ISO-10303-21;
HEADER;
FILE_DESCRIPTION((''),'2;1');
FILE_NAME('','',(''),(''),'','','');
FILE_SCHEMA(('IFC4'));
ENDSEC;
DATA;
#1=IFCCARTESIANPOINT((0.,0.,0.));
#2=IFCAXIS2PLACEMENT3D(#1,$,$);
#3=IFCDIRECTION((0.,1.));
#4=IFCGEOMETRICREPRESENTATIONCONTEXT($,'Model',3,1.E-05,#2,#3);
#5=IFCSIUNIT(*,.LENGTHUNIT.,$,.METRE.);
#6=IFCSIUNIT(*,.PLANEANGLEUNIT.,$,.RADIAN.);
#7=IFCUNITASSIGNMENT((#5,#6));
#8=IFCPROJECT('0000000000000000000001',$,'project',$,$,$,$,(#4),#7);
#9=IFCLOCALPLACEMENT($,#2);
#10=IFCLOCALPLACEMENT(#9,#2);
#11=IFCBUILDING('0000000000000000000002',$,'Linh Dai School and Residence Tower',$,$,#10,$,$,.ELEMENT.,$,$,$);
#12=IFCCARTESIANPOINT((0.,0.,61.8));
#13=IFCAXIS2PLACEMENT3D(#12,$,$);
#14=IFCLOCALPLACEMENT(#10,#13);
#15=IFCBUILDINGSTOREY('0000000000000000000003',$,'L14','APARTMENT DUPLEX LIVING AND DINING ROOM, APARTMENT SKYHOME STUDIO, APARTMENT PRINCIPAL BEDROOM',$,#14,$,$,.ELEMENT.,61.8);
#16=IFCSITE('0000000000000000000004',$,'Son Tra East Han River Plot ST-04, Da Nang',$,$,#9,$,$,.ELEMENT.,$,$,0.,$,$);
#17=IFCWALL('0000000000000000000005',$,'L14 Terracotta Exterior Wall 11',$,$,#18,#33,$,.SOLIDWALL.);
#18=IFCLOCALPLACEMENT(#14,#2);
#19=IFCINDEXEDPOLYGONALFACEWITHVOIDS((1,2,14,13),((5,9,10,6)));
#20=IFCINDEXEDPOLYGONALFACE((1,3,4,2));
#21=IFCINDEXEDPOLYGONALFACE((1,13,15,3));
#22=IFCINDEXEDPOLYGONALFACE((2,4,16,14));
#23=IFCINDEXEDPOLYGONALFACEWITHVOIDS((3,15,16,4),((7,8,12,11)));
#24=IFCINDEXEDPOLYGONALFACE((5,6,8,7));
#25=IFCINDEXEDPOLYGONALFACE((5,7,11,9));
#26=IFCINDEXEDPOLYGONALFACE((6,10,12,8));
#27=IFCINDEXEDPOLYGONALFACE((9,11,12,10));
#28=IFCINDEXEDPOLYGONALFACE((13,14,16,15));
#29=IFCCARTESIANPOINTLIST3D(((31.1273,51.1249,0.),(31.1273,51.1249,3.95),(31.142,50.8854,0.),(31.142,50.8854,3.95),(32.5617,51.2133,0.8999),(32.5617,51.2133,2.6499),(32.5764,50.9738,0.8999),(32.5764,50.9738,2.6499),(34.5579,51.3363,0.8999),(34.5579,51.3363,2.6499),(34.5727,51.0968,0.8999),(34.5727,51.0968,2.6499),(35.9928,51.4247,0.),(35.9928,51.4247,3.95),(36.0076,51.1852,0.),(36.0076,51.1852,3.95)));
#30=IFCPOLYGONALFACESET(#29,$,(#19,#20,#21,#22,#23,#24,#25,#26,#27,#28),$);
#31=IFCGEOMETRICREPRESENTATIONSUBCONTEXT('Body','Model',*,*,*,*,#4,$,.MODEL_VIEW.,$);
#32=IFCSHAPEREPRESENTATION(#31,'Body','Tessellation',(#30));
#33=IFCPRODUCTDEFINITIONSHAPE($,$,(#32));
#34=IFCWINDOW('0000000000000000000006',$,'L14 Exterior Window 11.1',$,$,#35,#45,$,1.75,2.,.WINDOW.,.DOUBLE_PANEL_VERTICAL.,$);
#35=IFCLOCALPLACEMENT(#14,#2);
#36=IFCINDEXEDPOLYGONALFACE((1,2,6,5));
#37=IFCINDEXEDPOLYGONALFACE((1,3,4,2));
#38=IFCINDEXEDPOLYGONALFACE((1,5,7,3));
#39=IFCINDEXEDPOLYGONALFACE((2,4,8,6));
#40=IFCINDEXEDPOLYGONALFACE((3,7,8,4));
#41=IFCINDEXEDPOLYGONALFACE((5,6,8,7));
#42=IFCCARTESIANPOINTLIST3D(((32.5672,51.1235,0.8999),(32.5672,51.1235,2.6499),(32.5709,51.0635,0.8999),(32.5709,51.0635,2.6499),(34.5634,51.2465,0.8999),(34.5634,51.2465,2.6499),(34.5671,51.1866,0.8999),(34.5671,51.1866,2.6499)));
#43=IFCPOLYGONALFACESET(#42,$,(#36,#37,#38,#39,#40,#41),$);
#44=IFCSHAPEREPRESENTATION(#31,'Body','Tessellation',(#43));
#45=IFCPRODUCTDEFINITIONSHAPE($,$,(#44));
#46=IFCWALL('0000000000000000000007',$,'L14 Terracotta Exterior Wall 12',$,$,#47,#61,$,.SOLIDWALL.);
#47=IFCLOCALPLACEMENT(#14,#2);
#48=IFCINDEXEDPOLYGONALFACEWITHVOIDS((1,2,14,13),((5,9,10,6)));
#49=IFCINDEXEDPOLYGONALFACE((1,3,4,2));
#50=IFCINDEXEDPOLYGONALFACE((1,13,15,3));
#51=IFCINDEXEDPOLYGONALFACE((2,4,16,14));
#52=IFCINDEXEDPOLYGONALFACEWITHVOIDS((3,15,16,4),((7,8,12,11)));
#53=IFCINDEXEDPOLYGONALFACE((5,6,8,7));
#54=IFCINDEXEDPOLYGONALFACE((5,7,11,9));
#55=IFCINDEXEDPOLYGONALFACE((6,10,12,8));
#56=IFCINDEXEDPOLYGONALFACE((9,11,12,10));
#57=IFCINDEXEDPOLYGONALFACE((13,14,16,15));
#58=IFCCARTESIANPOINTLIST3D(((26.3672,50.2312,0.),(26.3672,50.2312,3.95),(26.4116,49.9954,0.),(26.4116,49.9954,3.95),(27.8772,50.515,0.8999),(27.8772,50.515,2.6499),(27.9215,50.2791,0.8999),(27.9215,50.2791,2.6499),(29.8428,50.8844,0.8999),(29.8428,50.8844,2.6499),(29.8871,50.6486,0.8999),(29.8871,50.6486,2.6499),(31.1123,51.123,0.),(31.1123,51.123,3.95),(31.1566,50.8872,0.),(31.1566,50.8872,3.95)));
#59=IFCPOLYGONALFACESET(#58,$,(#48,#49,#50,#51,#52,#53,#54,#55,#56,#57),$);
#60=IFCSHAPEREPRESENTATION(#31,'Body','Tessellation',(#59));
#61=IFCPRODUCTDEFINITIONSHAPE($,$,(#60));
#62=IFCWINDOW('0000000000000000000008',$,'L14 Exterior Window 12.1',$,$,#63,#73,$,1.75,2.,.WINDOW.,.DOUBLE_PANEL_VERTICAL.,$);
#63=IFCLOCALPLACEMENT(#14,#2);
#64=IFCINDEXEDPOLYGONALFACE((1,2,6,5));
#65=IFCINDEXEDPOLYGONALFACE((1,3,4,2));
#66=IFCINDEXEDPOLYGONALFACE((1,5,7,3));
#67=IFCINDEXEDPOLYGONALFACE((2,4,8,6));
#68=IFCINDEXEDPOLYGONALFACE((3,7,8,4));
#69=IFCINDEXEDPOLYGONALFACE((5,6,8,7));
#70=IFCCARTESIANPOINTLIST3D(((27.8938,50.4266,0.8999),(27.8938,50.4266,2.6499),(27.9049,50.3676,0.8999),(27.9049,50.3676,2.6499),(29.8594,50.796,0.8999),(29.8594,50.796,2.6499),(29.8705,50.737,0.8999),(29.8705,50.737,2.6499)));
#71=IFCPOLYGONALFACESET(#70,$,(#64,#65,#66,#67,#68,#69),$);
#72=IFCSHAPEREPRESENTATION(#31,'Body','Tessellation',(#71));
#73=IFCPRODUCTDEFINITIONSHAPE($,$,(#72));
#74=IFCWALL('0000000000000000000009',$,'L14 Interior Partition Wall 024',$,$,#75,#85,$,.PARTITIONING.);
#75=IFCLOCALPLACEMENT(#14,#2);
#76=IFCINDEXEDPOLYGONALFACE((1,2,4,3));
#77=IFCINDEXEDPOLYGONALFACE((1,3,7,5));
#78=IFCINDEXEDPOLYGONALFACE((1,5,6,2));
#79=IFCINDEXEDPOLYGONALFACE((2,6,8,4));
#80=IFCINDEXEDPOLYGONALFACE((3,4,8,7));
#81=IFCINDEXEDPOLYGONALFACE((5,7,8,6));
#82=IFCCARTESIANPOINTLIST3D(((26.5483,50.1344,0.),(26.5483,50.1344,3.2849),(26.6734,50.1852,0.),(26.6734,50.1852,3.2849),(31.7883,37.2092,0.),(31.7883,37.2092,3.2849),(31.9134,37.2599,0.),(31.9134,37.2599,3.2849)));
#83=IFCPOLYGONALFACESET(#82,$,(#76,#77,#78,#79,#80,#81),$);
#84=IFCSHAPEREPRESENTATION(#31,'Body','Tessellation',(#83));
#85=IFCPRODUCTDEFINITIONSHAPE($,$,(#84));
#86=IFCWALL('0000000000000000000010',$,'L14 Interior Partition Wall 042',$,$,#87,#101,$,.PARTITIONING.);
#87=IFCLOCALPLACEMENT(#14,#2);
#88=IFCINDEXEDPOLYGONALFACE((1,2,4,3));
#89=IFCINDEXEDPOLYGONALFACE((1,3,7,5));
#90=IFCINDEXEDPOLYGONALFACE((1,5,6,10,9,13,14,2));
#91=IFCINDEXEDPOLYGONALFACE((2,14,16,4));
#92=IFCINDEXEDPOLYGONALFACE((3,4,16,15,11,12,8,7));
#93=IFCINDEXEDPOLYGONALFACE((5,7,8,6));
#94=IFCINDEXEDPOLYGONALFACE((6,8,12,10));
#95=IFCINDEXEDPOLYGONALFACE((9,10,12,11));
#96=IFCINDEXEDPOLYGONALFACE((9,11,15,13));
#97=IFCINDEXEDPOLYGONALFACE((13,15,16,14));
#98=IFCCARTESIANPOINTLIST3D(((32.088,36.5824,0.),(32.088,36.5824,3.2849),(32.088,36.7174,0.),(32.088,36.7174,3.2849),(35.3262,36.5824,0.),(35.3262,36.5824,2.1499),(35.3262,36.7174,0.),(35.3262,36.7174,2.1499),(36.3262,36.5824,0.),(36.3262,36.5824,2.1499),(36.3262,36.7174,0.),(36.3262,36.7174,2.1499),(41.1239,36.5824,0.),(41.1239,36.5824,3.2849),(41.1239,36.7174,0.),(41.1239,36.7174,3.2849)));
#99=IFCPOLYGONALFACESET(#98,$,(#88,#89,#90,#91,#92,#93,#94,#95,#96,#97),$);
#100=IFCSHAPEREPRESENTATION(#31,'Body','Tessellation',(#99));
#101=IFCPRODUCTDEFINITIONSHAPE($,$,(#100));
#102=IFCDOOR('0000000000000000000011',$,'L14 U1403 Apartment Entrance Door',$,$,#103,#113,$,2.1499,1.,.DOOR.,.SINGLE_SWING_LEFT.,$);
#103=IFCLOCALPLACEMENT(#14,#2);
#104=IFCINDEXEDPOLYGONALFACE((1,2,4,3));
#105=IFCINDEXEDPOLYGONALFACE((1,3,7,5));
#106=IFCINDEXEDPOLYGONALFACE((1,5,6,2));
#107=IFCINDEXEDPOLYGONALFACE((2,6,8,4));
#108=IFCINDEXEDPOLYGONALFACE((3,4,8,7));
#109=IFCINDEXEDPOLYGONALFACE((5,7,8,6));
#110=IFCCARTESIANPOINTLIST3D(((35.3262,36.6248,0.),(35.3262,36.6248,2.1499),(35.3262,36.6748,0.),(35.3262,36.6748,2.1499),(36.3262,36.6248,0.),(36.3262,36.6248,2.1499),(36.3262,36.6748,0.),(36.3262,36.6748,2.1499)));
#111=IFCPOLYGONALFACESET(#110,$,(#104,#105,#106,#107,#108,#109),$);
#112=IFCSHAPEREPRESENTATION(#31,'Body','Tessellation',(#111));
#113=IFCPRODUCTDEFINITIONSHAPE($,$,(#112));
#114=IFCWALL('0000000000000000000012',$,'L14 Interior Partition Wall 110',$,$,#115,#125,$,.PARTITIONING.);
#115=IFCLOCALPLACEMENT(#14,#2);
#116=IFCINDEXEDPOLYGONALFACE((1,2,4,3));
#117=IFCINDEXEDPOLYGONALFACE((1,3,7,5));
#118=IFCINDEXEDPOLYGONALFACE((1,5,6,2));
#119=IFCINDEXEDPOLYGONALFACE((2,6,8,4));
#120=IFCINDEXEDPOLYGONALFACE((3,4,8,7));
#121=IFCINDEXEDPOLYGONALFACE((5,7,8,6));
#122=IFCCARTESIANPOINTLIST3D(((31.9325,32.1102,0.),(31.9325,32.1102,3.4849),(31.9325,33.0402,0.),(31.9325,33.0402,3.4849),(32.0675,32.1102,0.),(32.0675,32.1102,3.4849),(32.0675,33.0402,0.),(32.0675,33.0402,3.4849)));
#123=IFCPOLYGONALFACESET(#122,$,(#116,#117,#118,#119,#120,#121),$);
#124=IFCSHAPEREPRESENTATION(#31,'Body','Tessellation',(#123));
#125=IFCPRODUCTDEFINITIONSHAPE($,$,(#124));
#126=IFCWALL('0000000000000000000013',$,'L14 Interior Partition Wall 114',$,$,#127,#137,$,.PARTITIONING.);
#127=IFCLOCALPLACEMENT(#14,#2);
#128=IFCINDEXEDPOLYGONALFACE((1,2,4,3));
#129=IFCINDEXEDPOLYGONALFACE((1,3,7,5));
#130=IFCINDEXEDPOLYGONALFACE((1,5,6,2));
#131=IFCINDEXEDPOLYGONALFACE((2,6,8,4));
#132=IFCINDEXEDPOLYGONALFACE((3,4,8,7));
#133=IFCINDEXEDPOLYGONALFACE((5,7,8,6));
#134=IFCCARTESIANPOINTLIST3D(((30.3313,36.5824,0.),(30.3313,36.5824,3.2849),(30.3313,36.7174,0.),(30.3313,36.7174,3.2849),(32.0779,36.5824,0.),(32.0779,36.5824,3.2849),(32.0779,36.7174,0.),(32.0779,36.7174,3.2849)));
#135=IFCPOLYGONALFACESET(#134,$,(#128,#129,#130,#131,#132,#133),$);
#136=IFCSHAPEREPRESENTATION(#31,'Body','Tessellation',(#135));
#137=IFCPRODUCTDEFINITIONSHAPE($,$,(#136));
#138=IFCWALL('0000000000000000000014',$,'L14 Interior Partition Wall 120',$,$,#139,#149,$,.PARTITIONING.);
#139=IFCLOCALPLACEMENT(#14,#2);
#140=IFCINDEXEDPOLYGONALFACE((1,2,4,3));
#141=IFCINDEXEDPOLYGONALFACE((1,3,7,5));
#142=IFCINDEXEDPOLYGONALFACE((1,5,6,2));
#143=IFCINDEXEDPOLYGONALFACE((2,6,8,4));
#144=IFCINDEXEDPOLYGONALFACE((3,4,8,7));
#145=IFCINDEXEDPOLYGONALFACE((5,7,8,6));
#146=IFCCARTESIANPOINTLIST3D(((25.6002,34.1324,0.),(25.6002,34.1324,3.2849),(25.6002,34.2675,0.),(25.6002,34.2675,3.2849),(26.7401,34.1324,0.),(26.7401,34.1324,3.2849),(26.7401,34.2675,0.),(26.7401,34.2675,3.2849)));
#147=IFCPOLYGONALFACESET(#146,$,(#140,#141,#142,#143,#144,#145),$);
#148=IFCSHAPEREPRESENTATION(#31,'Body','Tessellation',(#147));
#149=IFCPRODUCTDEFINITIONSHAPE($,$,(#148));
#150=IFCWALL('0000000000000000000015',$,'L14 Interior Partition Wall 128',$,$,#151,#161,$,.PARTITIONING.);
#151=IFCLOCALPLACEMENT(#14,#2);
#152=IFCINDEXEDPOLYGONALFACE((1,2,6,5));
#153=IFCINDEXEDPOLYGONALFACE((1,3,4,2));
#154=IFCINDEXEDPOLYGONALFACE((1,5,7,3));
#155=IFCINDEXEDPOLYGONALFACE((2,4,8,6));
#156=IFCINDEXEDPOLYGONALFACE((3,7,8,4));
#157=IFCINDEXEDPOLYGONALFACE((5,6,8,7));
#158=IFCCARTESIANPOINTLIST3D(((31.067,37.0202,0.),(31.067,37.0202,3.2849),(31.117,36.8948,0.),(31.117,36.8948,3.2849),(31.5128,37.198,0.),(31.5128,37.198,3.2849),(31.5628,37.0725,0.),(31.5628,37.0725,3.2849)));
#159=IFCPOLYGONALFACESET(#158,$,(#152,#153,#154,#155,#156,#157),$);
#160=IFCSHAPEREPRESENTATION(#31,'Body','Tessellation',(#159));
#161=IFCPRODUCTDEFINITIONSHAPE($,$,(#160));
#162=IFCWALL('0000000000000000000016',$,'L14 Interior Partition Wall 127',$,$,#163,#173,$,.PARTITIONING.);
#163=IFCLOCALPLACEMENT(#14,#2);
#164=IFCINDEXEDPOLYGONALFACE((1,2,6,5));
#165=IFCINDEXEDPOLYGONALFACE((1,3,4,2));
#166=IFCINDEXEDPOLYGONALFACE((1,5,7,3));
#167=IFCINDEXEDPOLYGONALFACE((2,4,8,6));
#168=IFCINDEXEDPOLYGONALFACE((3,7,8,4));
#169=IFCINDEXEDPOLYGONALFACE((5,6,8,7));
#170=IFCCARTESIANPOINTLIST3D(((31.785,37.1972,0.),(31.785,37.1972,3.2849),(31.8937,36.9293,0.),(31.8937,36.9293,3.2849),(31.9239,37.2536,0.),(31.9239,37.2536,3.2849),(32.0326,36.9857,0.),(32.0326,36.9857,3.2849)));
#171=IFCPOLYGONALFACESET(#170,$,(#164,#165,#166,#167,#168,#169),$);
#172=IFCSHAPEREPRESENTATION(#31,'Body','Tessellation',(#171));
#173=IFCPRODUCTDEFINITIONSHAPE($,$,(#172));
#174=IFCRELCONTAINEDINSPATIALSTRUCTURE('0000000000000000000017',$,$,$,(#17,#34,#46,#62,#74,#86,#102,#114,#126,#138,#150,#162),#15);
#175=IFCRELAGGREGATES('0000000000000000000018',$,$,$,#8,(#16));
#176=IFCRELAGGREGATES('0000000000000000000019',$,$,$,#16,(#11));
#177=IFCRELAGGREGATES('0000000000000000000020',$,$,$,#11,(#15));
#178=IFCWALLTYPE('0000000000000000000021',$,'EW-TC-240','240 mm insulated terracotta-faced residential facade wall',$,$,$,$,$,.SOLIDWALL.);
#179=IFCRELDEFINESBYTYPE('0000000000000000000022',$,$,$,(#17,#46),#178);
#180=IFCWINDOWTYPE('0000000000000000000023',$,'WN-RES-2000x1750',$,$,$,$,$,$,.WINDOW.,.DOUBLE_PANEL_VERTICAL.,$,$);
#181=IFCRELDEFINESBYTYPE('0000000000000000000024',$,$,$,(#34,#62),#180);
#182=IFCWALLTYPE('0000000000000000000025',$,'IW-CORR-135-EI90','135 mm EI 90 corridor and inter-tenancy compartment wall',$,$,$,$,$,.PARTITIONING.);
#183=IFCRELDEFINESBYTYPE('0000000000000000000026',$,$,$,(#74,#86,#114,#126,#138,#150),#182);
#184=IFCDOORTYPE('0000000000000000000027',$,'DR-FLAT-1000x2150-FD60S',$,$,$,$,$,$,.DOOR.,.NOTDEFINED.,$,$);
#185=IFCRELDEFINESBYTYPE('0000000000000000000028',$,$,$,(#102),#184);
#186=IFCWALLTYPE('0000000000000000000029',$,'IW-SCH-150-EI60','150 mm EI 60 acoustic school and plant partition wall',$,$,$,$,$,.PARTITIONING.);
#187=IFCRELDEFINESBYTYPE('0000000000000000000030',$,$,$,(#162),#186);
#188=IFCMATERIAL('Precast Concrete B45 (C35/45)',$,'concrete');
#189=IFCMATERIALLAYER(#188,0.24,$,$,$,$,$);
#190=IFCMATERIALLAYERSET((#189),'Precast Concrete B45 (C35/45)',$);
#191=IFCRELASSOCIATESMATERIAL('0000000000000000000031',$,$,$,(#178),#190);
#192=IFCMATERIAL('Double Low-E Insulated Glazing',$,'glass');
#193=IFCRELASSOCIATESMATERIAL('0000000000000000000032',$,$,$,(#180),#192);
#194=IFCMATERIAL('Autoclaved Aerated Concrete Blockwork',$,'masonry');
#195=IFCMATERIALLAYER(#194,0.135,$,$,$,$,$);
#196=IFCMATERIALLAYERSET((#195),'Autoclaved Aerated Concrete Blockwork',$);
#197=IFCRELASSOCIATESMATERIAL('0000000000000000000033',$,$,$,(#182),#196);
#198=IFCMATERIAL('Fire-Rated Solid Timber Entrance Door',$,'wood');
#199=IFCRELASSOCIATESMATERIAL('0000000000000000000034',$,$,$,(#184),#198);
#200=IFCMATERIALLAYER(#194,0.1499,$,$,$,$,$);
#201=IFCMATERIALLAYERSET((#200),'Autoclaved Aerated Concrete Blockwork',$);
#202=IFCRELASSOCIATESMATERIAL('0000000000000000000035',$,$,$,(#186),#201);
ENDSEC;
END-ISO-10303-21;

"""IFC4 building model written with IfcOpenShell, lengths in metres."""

from ifc_helpers import new_model, si_unit, direction, frame, frame_2d, origin, origin_2d, place, context, subcontext, project, spatial, rectangle, extrude, source, transform, mapped, material, layer, layer_set, type_object, element, fill, save


model = new_model("IFC4")

# Units and contexts
model_context = context("Model", 3, precision=1e-05, world=origin(), true_north=direction((0.0, 1.0)))
body_context = subcontext(model_context, "Body", "Model", "MODEL_VIEW")
ifc_project = project(units=[si_unit("LENGTHUNIT", "METRE"), si_unit("PLANEANGLEUNIT", "RADIAN")], contexts=[model_context])

# Site, building, storey
site_placement = place(None, origin())
site = spatial("IfcSite", under=ifc_project, at=site_placement, Name="Son Tra East Han River Plot ST-04, Da Nang", CompositionType="ELEMENT", RefElevation=0.0)
building_placement = place(site_placement, origin())
building = spatial("IfcBuilding", under=site, at=building_placement, Name="Linh Dai School and Residence Tower", CompositionType="ELEMENT")
storey_placement = place(building_placement, frame((0.0, 0.0, 61.8)))
storey = spatial("IfcBuildingStorey", under=building, at=storey_placement, Name="L14", Description="APARTMENT DUPLEX LIVING AND DINING ROOM, APARTMENT SKYHOME STUDIO, APARTMENT PRINCIPAL BEDROOM", CompositionType="ELEMENT", Elevation=61.8)

# Walls, openings, windows
ifc_material_1 = material(Name="Precast Concrete B45 (C35/45)", Category="concrete")
ifc_layer_1 = layer(ifc_material_1, 0.24)
ifc_layer_set_1 = layer_set([ifc_layer_1], Name="Precast Concrete B45 (C35/45)")
wall_type_1 = type_object("IfcWallType", Name="EW-TC-240", Description="240 mm insulated terracotta-faced residential facade wall", PredefinedType="SOLIDWALL", material=ifc_layer_set_1)
wall_1_placement = place(storey_placement, frame((31.1345, 51.0051, 0.0), z_axis=(0.0, 0.0, 1.0), x_axis=(0.998107, 0.061502, 0.0)))
wall_1 = element("IfcWall", 1, at=wall_1_placement, inside=storey, type_object=wall_type_1, Name="L14 Terracotta Exterior Wall 11", PredefinedType="SOLIDWALL", context=body_context, shape_type="SweptSolid", body=[
    extrude(rectangle(XDim=4.8748, YDim=0.24, at=frame_2d((2.4375, 0.0))), origin(), (0.0, 0.0, 1.0), 3.95),
])
opening_1_placement = place(wall_1_placement, frame((1.4373, 0.0, 0.8999)))
opening_1 = element("IfcOpeningElement", 2, at=opening_1_placement, cuts=wall_1, PredefinedType="OPENING", context=body_context, shape_type="SweptSolid", body=[
    extrude(rectangle(XDim=2.0, YDim=1.75, at=origin_2d()), frame((1.0, 0.1299, 0.875), z_axis=(0.0, -1.0, 0.0), x_axis=(1.0, 0.0, 0.0)), (0.0, 0.0, 1.0), 0.26),
])
ifc_material_2 = material(Name="Double Low-E Insulated Glazing", Category="glass")
window_type = type_object("IfcWindowType", Name="WN-RES-2000x1750", PartitioningType="DOUBLE_PANEL_VERTICAL", PredefinedType="WINDOW", material=ifc_material_2)
shared_shape_1 = source(origin(), body_context, "Body", "SweptSolid", [
    extrude(rectangle(XDim=2.0, YDim=1.75, at=origin_2d()), frame((1.0, 0.03, 0.875), z_axis=(0.0, -1.0, 0.0), x_axis=(1.0, 0.0, 0.0)), (0.0, 0.0, 1.0), 0.0601),
])
window_1_placement = place(opening_1_placement, origin())
window_1 = element("IfcWindow", 3, at=window_1_placement, inside=storey, type_object=window_type, Name="L14 Exterior Window 11.1", OverallHeight=1.75, OverallWidth=2.0, PartitioningType="DOUBLE_PANEL_VERTICAL", PredefinedType="WINDOW", context=body_context, shape_type="MappedRepresentation", body=[
    mapped(shared_shape_1, transform((0.0, 0.0, 0.0), x_axis=(1.0, 0.0, 0.0), y_axis=(0.0, 1.0, 0.0), z_axis=(0.0, 0.0, 1.0), scale=1.0)),
])
fill(opening_1, window_1)
wall_2_placement = place(storey_placement, frame((26.3894, 50.1133, 0.0), z_axis=(0.0, 0.0, 1.0), x_axis=(0.982792, 0.184716, 0.0)))
wall_2 = element("IfcWall", 4, at=wall_2_placement, inside=storey, type_object=wall_type_1, Name="L14 Terracotta Exterior Wall 12", PredefinedType="SOLIDWALL", context=body_context, shape_type="SweptSolid", body=[
    extrude(rectangle(XDim=4.8281, YDim=0.24, at=frame_2d((2.4141, 0.0))), origin(), (0.0, 0.0, 1.0), 3.95),
])
opening_2_placement = place(wall_2_placement, frame((1.5364, 0.0, 0.8999)))
opening_2 = element("IfcOpeningElement", 5, at=opening_2_placement, cuts=wall_2, PredefinedType="OPENING", context=body_context, shape_type="SweptSolid", body=[
    extrude(rectangle(XDim=2.0, YDim=1.75, at=origin_2d()), frame((1.0, 0.1299, 0.875), z_axis=(0.0, -1.0, 0.0), x_axis=(1.0, 0.0, 0.0)), (0.0, 0.0, 1.0), 0.26),
])
window_2_placement = place(opening_2_placement, origin())
window_2 = element("IfcWindow", 6, at=window_2_placement, inside=storey, type_object=window_type, Name="L14 Exterior Window 12.1", OverallHeight=1.75, OverallWidth=2.0, PartitioningType="DOUBLE_PANEL_VERTICAL", PredefinedType="WINDOW", context=body_context, shape_type="MappedRepresentation", body=[
    mapped(shared_shape_1, transform((0.0, 0.0, 0.0), x_axis=(1.0, 0.0, 0.0), y_axis=(0.0, 1.0, 0.0), z_axis=(0.0, 0.0, 1.0), scale=1.0)),
])
fill(opening_2, window_2)

# Wall
ifc_material_3 = material(Name="Autoclaved Aerated Concrete Blockwork", Category="masonry")
ifc_layer_2 = layer(ifc_material_3, 0.135)
ifc_layer_set_2 = layer_set([ifc_layer_2], Name="Autoclaved Aerated Concrete Blockwork")
wall_type_2 = type_object("IfcWallType", Name="IW-CORR-135-EI90", Description="135 mm EI 90 corridor and inter-tenancy compartment wall", PredefinedType="PARTITIONING", material=ifc_layer_set_2)
wall_3_placement = place(storey_placement, frame((26.6108, 50.1599, 0.0), z_axis=(0.0, 0.0, 1.0), x_axis=(0.375706, -0.926739, 0.0)))
element("IfcWall", 7, at=wall_3_placement, inside=storey, type_object=wall_type_2, Name="L14 Interior Partition Wall 024", PredefinedType="PARTITIONING", context=body_context, shape_type="SweptSolid", body=[
    extrude(rectangle(XDim=13.947, YDim=0.135, at=frame_2d((6.9736, 0.0))), origin(), (0.0, 0.0, 1.0), 3.2849),
])

# Wall, opening, door
wall_4_placement = place(storey_placement, frame((32.0879, 36.6499, 0.0), z_axis=(0.0, 0.0, 1.0), x_axis=(1.0, 0.0, 0.0)))
wall_4 = element("IfcWall", 8, at=wall_4_placement, inside=storey, type_object=wall_type_2, Name="L14 Interior Partition Wall 042", PredefinedType="PARTITIONING", context=body_context, shape_type="SweptSolid", body=[
    extrude(rectangle(XDim=9.0359, YDim=0.135, at=frame_2d((4.5181, 0.0))), origin(), (0.0, 0.0, 1.0), 3.2849),
])
opening_3_placement = place(wall_4_placement, frame((3.2383, 0.0, 0.0)))
opening_3 = element("IfcOpeningElement", 9, at=opening_3_placement, cuts=wall_4, PredefinedType="OPENING", context=body_context, shape_type="SweptSolid", body=[
    extrude(rectangle(XDim=1.0, YDim=2.1499, at=origin_2d()), frame((0.5, 0.0776, 1.075), z_axis=(0.0, -1.0, 0.0), x_axis=(1.0, 0.0, 0.0)), (0.0, 0.0, 1.0), 0.155),
])
ifc_material_4 = material(Name="Fire-Rated Solid Timber Entrance Door", Category="wood")
door_type_1 = type_object("IfcDoorType", Name="DR-FLAT-1000x2150-FD60S", OperationType="NOTDEFINED", PredefinedType="DOOR", material=ifc_material_4)
shared_shape_2 = source(origin(), body_context, "Body", "SweptSolid", [
    extrude(rectangle(XDim=1.0, YDim=2.1499, at=origin_2d()), frame((0.5, 0.0249, 1.075), z_axis=(0.0, -1.0, 0.0), x_axis=(1.0, 0.0, 0.0)), (0.0, 0.0, 1.0), 0.05),
])
door_1_placement = place(opening_3_placement, origin())
door_1 = element("IfcDoor", 10, at=door_1_placement, inside=storey, type_object=door_type_1, Name="L14 U1403 Apartment Entrance Door", OperationType="SINGLE_SWING_LEFT", OverallHeight=2.1499, OverallWidth=1.0, PredefinedType="DOOR", context=body_context, shape_type="MappedRepresentation", body=[
    mapped(shared_shape_2, transform((0.0, 0.0, 0.0), x_axis=(1.0, 0.0, 0.0), y_axis=(0.0, 1.0, 0.0), z_axis=(0.0, 0.0, 1.0), scale=1.0)),
])
fill(opening_3, door_1)

# Walls
wall_5_placement = place(storey_placement, frame((32.0, 33.04, 0.0), z_axis=(0.0, 0.0, 1.0), x_axis=(0.0, -1.0, 0.0)))
element("IfcWall", 11, at=wall_5_placement, inside=storey, type_object=wall_type_2, Name="L14 Interior Partition Wall 110", PredefinedType="PARTITIONING", context=body_context, shape_type="SweptSolid", body=[
    extrude(rectangle(XDim=0.9299, YDim=0.135, at=frame_2d((0.4648, 0.0))), origin(), (0.0, 0.0, 1.0), 3.4849),
])
wall_6_placement = place(storey_placement, frame((30.3313, 36.6499, 0.0), z_axis=(0.0, 0.0, 1.0), x_axis=(1.0, 0.0, 0.0)))
element("IfcWall", 12, at=wall_6_placement, inside=storey, type_object=wall_type_2, Name="L14 Interior Partition Wall 114", PredefinedType="PARTITIONING", context=body_context, shape_type="SweptSolid", body=[
    extrude(rectangle(XDim=1.7466, YDim=0.135, at=frame_2d((0.8733, 0.0))), origin(), (0.0, 0.0, 1.0), 3.2849),
])
wall_7_placement = place(storey_placement, frame((26.74, 34.2, 0.0), z_axis=(0.0, 0.0, 1.0), x_axis=(-1.0, 0.0, 0.0)))
element("IfcWall", 13, at=wall_7_placement, inside=storey, type_object=wall_type_2, Name="L14 Interior Partition Wall 120", PredefinedType="PARTITIONING", context=body_context, shape_type="SweptSolid", body=[
    extrude(rectangle(XDim=1.1399, YDim=0.135, at=frame_2d((0.5698, 0.0))), origin(), (0.0, 0.0, 1.0), 3.2849),
])
wall_8_placement = place(storey_placement, frame((31.5378, 37.1353, 0.0), z_axis=(0.0, 0.0, 1.0), x_axis=(-0.928897, -0.370338, 0.0)))
element("IfcWall", 14, at=wall_8_placement, inside=storey, type_object=wall_type_2, Name="L14 Interior Partition Wall 128", PredefinedType="PARTITIONING", context=body_context, shape_type="SweptSolid", body=[
    extrude(rectangle(XDim=0.48, YDim=0.135, at=frame_2d((0.24, 0.0))), origin(), (0.0, 0.0, 1.0), 3.2849),
])
ifc_layer_3 = layer(ifc_material_3, 0.1499)
ifc_layer_set_3 = layer_set([ifc_layer_3], Name="Autoclaved Aerated Concrete Blockwork")
wall_type_3 = type_object("IfcWallType", Name="IW-SCH-150-EI60", Description="150 mm EI 60 acoustic school and plant partition wall", PredefinedType="PARTITIONING", material=ifc_layer_set_3)
wall_9_placement = place(storey_placement, frame((31.9631, 36.9575, 0.0), z_axis=(0.0, 0.0, 1.0), x_axis=(-0.375901, 0.92666, 0.0)))
element("IfcWall", 15, at=wall_9_placement, inside=storey, type_object=wall_type_3, Name="L14 Interior Partition Wall 127", PredefinedType="PARTITIONING", context=body_context, shape_type="SweptSolid", body=[
    extrude(rectangle(XDim=0.2891, YDim=0.1499, at=frame_2d((0.1445, 0.0))), origin(), (0.0, 0.0, 1.0), 3.2849),
])

save(model, "model.ifc")
